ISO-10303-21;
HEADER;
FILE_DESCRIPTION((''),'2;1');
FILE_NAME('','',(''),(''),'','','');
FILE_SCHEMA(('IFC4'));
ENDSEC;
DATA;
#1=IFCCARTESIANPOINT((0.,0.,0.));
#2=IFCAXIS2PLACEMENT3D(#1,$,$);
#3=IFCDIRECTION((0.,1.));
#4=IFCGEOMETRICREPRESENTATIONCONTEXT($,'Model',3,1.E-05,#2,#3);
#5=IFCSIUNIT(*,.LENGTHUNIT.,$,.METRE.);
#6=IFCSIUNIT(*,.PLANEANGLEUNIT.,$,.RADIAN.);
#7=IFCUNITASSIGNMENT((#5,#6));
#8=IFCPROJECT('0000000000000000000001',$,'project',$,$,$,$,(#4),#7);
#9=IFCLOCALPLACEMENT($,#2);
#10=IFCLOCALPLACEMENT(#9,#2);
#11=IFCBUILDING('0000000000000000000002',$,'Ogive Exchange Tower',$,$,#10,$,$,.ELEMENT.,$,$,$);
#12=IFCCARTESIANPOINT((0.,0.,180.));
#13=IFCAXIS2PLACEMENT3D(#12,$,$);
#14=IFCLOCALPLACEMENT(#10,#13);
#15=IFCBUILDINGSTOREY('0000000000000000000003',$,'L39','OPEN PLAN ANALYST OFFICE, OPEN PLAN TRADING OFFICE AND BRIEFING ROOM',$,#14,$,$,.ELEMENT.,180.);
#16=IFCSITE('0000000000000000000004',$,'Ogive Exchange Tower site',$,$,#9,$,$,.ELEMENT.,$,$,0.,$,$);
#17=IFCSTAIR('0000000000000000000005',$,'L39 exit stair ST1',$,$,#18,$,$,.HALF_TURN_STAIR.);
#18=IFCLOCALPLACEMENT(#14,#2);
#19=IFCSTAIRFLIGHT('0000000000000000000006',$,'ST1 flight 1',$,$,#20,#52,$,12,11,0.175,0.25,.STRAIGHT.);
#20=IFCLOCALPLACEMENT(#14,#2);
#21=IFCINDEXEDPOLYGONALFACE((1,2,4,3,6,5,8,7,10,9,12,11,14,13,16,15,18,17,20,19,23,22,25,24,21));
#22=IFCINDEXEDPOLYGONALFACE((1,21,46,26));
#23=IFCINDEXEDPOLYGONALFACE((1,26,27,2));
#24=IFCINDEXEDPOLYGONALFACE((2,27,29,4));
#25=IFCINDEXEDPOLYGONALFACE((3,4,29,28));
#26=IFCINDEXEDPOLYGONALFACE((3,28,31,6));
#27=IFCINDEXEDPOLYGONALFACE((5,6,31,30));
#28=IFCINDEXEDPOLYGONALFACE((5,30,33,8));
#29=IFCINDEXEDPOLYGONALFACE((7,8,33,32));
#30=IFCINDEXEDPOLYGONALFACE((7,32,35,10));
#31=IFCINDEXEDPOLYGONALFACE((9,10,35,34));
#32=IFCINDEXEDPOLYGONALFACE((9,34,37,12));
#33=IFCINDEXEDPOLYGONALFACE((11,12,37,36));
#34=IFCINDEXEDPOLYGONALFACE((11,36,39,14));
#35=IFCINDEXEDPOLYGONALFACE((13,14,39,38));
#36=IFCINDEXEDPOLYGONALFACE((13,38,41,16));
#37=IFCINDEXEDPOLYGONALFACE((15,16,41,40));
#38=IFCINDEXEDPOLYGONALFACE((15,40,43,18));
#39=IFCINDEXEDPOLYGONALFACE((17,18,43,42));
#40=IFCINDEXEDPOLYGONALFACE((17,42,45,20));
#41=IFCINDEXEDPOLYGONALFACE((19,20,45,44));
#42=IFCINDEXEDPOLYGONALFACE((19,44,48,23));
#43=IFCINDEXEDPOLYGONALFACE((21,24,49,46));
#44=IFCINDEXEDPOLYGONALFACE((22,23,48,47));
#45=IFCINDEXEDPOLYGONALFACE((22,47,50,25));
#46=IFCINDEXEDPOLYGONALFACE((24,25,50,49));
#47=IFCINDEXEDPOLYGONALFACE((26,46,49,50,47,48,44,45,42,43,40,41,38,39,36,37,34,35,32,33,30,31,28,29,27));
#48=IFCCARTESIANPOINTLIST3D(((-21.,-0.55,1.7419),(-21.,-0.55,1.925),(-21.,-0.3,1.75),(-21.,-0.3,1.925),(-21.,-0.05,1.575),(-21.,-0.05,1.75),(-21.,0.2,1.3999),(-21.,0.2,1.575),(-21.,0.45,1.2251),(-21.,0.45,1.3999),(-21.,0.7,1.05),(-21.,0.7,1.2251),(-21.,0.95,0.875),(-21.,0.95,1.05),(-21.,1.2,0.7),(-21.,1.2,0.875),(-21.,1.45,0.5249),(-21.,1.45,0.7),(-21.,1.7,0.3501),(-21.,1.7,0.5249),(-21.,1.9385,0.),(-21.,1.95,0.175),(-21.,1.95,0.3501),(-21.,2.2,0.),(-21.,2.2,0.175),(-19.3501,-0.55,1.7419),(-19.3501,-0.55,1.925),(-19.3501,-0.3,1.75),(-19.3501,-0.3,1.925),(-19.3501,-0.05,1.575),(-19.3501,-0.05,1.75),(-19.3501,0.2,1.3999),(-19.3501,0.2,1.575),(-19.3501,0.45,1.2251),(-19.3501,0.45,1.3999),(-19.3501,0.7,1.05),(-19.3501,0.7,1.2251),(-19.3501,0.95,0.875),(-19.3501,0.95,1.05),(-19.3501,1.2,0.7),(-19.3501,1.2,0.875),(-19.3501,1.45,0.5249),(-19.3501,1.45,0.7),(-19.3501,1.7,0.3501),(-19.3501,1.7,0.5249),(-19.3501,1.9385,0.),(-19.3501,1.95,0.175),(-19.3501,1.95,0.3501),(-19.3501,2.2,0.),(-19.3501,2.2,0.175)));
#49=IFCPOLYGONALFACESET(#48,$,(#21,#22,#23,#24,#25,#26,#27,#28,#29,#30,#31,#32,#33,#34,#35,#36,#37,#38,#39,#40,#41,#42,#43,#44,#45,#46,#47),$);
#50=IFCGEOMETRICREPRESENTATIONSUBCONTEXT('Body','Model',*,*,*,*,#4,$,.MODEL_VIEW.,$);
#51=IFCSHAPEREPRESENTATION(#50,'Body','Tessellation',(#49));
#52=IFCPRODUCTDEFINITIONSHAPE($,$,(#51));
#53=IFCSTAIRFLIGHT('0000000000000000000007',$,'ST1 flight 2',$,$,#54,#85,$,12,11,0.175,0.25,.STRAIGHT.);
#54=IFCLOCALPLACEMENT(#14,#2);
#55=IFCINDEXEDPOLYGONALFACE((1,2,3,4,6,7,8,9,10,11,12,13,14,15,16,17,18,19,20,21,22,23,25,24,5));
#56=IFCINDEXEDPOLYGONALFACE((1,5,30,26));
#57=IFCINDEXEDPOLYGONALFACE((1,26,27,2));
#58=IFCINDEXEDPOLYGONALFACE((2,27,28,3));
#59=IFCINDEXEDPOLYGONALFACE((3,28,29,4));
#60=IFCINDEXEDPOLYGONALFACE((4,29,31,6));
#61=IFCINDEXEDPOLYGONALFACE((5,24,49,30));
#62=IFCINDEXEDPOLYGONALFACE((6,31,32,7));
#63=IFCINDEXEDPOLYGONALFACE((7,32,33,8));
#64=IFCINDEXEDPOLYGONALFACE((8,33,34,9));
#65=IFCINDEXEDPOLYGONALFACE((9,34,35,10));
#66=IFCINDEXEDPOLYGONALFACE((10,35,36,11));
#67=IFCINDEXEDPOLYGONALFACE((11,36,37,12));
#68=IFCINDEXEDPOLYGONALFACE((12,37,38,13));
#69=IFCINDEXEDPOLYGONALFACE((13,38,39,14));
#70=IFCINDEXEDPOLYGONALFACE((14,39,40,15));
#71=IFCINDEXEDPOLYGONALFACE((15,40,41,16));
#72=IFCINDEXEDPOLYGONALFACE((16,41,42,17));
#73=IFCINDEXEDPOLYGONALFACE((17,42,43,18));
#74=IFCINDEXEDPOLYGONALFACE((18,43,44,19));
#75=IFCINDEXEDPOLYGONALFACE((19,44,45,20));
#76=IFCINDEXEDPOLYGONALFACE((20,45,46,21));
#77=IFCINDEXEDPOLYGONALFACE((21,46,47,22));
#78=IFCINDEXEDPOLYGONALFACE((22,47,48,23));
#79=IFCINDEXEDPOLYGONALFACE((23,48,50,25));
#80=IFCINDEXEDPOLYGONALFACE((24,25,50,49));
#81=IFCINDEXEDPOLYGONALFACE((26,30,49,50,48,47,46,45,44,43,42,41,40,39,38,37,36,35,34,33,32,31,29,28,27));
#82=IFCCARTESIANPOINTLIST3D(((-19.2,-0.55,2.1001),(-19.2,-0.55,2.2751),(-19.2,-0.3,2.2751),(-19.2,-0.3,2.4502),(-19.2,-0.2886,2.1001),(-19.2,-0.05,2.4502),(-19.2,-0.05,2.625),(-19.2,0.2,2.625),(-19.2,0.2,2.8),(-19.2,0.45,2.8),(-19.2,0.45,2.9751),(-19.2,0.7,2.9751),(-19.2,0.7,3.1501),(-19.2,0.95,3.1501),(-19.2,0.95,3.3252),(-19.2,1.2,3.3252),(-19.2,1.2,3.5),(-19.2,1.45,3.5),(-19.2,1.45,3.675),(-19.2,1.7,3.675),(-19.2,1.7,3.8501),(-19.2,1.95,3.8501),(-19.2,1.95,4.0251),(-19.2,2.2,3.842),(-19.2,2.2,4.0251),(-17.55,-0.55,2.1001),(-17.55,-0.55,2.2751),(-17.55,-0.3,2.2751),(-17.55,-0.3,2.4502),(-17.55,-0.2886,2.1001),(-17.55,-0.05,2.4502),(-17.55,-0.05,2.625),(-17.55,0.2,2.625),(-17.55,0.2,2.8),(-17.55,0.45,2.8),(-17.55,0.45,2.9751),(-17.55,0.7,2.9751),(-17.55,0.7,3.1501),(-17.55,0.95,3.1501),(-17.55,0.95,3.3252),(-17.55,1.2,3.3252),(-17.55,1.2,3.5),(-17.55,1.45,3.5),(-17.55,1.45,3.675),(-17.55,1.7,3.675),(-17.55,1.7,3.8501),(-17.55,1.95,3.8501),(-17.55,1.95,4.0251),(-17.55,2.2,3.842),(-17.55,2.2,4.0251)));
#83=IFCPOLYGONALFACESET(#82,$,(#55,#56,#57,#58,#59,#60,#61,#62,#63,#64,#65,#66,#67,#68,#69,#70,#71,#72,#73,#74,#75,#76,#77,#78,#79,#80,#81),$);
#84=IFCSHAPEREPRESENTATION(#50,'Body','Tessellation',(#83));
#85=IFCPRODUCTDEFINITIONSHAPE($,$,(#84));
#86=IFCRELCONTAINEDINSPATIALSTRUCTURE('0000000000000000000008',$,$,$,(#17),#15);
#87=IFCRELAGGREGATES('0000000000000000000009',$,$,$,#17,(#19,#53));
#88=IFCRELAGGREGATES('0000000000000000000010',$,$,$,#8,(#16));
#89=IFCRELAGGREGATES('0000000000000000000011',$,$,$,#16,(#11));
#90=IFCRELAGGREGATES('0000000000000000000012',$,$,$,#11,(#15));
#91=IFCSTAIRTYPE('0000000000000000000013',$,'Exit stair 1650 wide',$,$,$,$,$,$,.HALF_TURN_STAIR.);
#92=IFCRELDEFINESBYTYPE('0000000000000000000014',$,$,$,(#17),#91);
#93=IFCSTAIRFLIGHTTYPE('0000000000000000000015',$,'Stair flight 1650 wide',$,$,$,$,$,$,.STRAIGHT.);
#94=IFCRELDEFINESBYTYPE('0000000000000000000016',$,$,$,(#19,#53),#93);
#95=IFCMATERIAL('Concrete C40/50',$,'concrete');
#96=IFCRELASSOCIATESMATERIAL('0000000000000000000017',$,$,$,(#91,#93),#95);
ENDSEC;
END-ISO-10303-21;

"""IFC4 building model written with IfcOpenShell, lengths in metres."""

from ifc_helpers import new_model, si_unit, direction, frame, origin, place, context, subcontext, project, spatial, polyline, outline, extrude, material, type_object, element, aggregate, save


model = new_model("IFC4")

# Units and contexts
model_context = context("Model", 3, precision=1e-05, world=origin(), true_north=direction((0.0, 1.0)))
body_context = subcontext(model_context, "Body", "Model", "MODEL_VIEW")
ifc_project = project(units=[si_unit("LENGTHUNIT", "METRE"), si_unit("PLANEANGLEUNIT", "RADIAN")], contexts=[model_context])

# Site, building, storey
site_placement = place(None, origin())
site = spatial("IfcSite", under=ifc_project, at=site_placement, Name="Ogive Exchange Tower site", CompositionType="ELEMENT", RefElevation=0.0)
building_placement = place(site_placement, origin())
building = spatial("IfcBuilding", under=site, at=building_placement, Name="Ogive Exchange Tower", CompositionType="ELEMENT")
storey_placement = place(building_placement, frame((0.0, 0.0, 180.0)))
storey = spatial("IfcBuildingStorey", under=building, at=storey_placement, Name="L39", Description="OPEN PLAN ANALYST OFFICE, OPEN PLAN TRADING OFFICE AND BRIEFING ROOM", CompositionType="ELEMENT", Elevation=180.0)

# Stair, stair flights
ifc_material_1 = material(Name="Concrete C40/50", Category="concrete")
stair_type = type_object("IfcStairType", Name="Exit stair 1650 wide", PredefinedType="HALF_TURN_STAIR", material=ifc_material_1)
stair_placement = place(storey_placement, origin())
stair = element("IfcStair", 1, at=stair_placement, inside=storey, type_object=stair_type, Name="L39 exit stair ST1", PredefinedType="HALF_TURN_STAIR")
stair_flight_type = type_object("IfcStairFlightType", Name="Stair flight 1650 wide", PredefinedType="STRAIGHT", material=ifc_material_1)
stair_flight_1_placement = place(storey_placement, frame((-20.175, 2.2, 0.0), z_axis=(0.0, 0.0, 1.0), x_axis=(0.0, -1.0, 0.0)))
stair_flight_1 = element("IfcStairFlight", 2, at=stair_flight_1_placement, type_object=stair_flight_type, Name="ST1 flight 1", NumberOfRisers=12, NumberOfTreads=11, PredefinedType="STRAIGHT", RiserHeight=0.175, TreadLength=0.25, context=body_context, shape_type="SweptSolid", body=[
    extrude(outline(polyline([(0.0, 0.0), (0.0, 0.175), (0.25, 0.175), (0.25, 0.3501), (0.5, 0.3501), (0.5, 0.5249), (0.75, 0.5249), (0.75, 0.7), (1.0, 0.7), (1.0, 0.875), (1.25, 0.875), (1.25, 1.05), (1.5, 1.05), (1.5, 1.2251), (1.75, 1.2251), (1.75, 1.3999), (2.0, 1.3999), (2.0, 1.575), (2.25, 1.575), (2.25, 1.75), (2.5, 1.75), (2.5, 1.925), (2.75, 1.925), (2.75, 2.1001), (2.75, 1.7419), (0.2615, 0.0), (0.0, 0.0)])), frame((0.0, 0.825, 0.0), z_axis=(0.0, -1.0, 0.0), x_axis=(1.0, 0.0, 0.0)), (0.0, 0.0, 1.0), 1.6499),
])
stair_flight_2_placement = place(storey_placement, frame((-18.375, -0.55, 2.1001), z_axis=(0.0, 0.0, 1.0), x_axis=(0.0, 1.0, 0.0)))
stair_flight_2 = element("IfcStairFlight", 3, at=stair_flight_2_placement, type_object=stair_flight_type, Name="ST1 flight 2", NumberOfRisers=12, NumberOfTreads=11, PredefinedType="STRAIGHT", RiserHeight=0.175, TreadLength=0.25, context=body_context, shape_type="SweptSolid", body=[
    extrude(outline(polyline([(0.0, 0.0), (0.0, 0.175), (0.25, 0.175), (0.25, 0.3501), (0.5, 0.3501), (0.5, 0.5249), (0.75, 0.5249), (0.75, 0.7), (1.0, 0.7), (1.0, 0.875), (1.25, 0.875), (1.25, 1.05), (1.5, 1.05), (1.5, 1.2251), (1.75, 1.2251), (1.75, 1.3999), (2.0, 1.3999), (2.0, 1.575), (2.25, 1.575), (2.25, 1.75), (2.5, 1.75), (2.5, 1.925), (2.75, 1.925), (2.75, 2.1001), (2.75, 1.7419), (0.2615, 0.0), (0.0, 0.0)])), frame((0.0, 0.825, 0.0), z_axis=(0.0, -1.0, 0.0), x_axis=(1.0, 0.0, 0.0)), (0.0, 0.0, 1.0), 1.6499),
])
aggregate(stair, [stair_flight_1, stair_flight_2])

save(model, "model.ifc")
